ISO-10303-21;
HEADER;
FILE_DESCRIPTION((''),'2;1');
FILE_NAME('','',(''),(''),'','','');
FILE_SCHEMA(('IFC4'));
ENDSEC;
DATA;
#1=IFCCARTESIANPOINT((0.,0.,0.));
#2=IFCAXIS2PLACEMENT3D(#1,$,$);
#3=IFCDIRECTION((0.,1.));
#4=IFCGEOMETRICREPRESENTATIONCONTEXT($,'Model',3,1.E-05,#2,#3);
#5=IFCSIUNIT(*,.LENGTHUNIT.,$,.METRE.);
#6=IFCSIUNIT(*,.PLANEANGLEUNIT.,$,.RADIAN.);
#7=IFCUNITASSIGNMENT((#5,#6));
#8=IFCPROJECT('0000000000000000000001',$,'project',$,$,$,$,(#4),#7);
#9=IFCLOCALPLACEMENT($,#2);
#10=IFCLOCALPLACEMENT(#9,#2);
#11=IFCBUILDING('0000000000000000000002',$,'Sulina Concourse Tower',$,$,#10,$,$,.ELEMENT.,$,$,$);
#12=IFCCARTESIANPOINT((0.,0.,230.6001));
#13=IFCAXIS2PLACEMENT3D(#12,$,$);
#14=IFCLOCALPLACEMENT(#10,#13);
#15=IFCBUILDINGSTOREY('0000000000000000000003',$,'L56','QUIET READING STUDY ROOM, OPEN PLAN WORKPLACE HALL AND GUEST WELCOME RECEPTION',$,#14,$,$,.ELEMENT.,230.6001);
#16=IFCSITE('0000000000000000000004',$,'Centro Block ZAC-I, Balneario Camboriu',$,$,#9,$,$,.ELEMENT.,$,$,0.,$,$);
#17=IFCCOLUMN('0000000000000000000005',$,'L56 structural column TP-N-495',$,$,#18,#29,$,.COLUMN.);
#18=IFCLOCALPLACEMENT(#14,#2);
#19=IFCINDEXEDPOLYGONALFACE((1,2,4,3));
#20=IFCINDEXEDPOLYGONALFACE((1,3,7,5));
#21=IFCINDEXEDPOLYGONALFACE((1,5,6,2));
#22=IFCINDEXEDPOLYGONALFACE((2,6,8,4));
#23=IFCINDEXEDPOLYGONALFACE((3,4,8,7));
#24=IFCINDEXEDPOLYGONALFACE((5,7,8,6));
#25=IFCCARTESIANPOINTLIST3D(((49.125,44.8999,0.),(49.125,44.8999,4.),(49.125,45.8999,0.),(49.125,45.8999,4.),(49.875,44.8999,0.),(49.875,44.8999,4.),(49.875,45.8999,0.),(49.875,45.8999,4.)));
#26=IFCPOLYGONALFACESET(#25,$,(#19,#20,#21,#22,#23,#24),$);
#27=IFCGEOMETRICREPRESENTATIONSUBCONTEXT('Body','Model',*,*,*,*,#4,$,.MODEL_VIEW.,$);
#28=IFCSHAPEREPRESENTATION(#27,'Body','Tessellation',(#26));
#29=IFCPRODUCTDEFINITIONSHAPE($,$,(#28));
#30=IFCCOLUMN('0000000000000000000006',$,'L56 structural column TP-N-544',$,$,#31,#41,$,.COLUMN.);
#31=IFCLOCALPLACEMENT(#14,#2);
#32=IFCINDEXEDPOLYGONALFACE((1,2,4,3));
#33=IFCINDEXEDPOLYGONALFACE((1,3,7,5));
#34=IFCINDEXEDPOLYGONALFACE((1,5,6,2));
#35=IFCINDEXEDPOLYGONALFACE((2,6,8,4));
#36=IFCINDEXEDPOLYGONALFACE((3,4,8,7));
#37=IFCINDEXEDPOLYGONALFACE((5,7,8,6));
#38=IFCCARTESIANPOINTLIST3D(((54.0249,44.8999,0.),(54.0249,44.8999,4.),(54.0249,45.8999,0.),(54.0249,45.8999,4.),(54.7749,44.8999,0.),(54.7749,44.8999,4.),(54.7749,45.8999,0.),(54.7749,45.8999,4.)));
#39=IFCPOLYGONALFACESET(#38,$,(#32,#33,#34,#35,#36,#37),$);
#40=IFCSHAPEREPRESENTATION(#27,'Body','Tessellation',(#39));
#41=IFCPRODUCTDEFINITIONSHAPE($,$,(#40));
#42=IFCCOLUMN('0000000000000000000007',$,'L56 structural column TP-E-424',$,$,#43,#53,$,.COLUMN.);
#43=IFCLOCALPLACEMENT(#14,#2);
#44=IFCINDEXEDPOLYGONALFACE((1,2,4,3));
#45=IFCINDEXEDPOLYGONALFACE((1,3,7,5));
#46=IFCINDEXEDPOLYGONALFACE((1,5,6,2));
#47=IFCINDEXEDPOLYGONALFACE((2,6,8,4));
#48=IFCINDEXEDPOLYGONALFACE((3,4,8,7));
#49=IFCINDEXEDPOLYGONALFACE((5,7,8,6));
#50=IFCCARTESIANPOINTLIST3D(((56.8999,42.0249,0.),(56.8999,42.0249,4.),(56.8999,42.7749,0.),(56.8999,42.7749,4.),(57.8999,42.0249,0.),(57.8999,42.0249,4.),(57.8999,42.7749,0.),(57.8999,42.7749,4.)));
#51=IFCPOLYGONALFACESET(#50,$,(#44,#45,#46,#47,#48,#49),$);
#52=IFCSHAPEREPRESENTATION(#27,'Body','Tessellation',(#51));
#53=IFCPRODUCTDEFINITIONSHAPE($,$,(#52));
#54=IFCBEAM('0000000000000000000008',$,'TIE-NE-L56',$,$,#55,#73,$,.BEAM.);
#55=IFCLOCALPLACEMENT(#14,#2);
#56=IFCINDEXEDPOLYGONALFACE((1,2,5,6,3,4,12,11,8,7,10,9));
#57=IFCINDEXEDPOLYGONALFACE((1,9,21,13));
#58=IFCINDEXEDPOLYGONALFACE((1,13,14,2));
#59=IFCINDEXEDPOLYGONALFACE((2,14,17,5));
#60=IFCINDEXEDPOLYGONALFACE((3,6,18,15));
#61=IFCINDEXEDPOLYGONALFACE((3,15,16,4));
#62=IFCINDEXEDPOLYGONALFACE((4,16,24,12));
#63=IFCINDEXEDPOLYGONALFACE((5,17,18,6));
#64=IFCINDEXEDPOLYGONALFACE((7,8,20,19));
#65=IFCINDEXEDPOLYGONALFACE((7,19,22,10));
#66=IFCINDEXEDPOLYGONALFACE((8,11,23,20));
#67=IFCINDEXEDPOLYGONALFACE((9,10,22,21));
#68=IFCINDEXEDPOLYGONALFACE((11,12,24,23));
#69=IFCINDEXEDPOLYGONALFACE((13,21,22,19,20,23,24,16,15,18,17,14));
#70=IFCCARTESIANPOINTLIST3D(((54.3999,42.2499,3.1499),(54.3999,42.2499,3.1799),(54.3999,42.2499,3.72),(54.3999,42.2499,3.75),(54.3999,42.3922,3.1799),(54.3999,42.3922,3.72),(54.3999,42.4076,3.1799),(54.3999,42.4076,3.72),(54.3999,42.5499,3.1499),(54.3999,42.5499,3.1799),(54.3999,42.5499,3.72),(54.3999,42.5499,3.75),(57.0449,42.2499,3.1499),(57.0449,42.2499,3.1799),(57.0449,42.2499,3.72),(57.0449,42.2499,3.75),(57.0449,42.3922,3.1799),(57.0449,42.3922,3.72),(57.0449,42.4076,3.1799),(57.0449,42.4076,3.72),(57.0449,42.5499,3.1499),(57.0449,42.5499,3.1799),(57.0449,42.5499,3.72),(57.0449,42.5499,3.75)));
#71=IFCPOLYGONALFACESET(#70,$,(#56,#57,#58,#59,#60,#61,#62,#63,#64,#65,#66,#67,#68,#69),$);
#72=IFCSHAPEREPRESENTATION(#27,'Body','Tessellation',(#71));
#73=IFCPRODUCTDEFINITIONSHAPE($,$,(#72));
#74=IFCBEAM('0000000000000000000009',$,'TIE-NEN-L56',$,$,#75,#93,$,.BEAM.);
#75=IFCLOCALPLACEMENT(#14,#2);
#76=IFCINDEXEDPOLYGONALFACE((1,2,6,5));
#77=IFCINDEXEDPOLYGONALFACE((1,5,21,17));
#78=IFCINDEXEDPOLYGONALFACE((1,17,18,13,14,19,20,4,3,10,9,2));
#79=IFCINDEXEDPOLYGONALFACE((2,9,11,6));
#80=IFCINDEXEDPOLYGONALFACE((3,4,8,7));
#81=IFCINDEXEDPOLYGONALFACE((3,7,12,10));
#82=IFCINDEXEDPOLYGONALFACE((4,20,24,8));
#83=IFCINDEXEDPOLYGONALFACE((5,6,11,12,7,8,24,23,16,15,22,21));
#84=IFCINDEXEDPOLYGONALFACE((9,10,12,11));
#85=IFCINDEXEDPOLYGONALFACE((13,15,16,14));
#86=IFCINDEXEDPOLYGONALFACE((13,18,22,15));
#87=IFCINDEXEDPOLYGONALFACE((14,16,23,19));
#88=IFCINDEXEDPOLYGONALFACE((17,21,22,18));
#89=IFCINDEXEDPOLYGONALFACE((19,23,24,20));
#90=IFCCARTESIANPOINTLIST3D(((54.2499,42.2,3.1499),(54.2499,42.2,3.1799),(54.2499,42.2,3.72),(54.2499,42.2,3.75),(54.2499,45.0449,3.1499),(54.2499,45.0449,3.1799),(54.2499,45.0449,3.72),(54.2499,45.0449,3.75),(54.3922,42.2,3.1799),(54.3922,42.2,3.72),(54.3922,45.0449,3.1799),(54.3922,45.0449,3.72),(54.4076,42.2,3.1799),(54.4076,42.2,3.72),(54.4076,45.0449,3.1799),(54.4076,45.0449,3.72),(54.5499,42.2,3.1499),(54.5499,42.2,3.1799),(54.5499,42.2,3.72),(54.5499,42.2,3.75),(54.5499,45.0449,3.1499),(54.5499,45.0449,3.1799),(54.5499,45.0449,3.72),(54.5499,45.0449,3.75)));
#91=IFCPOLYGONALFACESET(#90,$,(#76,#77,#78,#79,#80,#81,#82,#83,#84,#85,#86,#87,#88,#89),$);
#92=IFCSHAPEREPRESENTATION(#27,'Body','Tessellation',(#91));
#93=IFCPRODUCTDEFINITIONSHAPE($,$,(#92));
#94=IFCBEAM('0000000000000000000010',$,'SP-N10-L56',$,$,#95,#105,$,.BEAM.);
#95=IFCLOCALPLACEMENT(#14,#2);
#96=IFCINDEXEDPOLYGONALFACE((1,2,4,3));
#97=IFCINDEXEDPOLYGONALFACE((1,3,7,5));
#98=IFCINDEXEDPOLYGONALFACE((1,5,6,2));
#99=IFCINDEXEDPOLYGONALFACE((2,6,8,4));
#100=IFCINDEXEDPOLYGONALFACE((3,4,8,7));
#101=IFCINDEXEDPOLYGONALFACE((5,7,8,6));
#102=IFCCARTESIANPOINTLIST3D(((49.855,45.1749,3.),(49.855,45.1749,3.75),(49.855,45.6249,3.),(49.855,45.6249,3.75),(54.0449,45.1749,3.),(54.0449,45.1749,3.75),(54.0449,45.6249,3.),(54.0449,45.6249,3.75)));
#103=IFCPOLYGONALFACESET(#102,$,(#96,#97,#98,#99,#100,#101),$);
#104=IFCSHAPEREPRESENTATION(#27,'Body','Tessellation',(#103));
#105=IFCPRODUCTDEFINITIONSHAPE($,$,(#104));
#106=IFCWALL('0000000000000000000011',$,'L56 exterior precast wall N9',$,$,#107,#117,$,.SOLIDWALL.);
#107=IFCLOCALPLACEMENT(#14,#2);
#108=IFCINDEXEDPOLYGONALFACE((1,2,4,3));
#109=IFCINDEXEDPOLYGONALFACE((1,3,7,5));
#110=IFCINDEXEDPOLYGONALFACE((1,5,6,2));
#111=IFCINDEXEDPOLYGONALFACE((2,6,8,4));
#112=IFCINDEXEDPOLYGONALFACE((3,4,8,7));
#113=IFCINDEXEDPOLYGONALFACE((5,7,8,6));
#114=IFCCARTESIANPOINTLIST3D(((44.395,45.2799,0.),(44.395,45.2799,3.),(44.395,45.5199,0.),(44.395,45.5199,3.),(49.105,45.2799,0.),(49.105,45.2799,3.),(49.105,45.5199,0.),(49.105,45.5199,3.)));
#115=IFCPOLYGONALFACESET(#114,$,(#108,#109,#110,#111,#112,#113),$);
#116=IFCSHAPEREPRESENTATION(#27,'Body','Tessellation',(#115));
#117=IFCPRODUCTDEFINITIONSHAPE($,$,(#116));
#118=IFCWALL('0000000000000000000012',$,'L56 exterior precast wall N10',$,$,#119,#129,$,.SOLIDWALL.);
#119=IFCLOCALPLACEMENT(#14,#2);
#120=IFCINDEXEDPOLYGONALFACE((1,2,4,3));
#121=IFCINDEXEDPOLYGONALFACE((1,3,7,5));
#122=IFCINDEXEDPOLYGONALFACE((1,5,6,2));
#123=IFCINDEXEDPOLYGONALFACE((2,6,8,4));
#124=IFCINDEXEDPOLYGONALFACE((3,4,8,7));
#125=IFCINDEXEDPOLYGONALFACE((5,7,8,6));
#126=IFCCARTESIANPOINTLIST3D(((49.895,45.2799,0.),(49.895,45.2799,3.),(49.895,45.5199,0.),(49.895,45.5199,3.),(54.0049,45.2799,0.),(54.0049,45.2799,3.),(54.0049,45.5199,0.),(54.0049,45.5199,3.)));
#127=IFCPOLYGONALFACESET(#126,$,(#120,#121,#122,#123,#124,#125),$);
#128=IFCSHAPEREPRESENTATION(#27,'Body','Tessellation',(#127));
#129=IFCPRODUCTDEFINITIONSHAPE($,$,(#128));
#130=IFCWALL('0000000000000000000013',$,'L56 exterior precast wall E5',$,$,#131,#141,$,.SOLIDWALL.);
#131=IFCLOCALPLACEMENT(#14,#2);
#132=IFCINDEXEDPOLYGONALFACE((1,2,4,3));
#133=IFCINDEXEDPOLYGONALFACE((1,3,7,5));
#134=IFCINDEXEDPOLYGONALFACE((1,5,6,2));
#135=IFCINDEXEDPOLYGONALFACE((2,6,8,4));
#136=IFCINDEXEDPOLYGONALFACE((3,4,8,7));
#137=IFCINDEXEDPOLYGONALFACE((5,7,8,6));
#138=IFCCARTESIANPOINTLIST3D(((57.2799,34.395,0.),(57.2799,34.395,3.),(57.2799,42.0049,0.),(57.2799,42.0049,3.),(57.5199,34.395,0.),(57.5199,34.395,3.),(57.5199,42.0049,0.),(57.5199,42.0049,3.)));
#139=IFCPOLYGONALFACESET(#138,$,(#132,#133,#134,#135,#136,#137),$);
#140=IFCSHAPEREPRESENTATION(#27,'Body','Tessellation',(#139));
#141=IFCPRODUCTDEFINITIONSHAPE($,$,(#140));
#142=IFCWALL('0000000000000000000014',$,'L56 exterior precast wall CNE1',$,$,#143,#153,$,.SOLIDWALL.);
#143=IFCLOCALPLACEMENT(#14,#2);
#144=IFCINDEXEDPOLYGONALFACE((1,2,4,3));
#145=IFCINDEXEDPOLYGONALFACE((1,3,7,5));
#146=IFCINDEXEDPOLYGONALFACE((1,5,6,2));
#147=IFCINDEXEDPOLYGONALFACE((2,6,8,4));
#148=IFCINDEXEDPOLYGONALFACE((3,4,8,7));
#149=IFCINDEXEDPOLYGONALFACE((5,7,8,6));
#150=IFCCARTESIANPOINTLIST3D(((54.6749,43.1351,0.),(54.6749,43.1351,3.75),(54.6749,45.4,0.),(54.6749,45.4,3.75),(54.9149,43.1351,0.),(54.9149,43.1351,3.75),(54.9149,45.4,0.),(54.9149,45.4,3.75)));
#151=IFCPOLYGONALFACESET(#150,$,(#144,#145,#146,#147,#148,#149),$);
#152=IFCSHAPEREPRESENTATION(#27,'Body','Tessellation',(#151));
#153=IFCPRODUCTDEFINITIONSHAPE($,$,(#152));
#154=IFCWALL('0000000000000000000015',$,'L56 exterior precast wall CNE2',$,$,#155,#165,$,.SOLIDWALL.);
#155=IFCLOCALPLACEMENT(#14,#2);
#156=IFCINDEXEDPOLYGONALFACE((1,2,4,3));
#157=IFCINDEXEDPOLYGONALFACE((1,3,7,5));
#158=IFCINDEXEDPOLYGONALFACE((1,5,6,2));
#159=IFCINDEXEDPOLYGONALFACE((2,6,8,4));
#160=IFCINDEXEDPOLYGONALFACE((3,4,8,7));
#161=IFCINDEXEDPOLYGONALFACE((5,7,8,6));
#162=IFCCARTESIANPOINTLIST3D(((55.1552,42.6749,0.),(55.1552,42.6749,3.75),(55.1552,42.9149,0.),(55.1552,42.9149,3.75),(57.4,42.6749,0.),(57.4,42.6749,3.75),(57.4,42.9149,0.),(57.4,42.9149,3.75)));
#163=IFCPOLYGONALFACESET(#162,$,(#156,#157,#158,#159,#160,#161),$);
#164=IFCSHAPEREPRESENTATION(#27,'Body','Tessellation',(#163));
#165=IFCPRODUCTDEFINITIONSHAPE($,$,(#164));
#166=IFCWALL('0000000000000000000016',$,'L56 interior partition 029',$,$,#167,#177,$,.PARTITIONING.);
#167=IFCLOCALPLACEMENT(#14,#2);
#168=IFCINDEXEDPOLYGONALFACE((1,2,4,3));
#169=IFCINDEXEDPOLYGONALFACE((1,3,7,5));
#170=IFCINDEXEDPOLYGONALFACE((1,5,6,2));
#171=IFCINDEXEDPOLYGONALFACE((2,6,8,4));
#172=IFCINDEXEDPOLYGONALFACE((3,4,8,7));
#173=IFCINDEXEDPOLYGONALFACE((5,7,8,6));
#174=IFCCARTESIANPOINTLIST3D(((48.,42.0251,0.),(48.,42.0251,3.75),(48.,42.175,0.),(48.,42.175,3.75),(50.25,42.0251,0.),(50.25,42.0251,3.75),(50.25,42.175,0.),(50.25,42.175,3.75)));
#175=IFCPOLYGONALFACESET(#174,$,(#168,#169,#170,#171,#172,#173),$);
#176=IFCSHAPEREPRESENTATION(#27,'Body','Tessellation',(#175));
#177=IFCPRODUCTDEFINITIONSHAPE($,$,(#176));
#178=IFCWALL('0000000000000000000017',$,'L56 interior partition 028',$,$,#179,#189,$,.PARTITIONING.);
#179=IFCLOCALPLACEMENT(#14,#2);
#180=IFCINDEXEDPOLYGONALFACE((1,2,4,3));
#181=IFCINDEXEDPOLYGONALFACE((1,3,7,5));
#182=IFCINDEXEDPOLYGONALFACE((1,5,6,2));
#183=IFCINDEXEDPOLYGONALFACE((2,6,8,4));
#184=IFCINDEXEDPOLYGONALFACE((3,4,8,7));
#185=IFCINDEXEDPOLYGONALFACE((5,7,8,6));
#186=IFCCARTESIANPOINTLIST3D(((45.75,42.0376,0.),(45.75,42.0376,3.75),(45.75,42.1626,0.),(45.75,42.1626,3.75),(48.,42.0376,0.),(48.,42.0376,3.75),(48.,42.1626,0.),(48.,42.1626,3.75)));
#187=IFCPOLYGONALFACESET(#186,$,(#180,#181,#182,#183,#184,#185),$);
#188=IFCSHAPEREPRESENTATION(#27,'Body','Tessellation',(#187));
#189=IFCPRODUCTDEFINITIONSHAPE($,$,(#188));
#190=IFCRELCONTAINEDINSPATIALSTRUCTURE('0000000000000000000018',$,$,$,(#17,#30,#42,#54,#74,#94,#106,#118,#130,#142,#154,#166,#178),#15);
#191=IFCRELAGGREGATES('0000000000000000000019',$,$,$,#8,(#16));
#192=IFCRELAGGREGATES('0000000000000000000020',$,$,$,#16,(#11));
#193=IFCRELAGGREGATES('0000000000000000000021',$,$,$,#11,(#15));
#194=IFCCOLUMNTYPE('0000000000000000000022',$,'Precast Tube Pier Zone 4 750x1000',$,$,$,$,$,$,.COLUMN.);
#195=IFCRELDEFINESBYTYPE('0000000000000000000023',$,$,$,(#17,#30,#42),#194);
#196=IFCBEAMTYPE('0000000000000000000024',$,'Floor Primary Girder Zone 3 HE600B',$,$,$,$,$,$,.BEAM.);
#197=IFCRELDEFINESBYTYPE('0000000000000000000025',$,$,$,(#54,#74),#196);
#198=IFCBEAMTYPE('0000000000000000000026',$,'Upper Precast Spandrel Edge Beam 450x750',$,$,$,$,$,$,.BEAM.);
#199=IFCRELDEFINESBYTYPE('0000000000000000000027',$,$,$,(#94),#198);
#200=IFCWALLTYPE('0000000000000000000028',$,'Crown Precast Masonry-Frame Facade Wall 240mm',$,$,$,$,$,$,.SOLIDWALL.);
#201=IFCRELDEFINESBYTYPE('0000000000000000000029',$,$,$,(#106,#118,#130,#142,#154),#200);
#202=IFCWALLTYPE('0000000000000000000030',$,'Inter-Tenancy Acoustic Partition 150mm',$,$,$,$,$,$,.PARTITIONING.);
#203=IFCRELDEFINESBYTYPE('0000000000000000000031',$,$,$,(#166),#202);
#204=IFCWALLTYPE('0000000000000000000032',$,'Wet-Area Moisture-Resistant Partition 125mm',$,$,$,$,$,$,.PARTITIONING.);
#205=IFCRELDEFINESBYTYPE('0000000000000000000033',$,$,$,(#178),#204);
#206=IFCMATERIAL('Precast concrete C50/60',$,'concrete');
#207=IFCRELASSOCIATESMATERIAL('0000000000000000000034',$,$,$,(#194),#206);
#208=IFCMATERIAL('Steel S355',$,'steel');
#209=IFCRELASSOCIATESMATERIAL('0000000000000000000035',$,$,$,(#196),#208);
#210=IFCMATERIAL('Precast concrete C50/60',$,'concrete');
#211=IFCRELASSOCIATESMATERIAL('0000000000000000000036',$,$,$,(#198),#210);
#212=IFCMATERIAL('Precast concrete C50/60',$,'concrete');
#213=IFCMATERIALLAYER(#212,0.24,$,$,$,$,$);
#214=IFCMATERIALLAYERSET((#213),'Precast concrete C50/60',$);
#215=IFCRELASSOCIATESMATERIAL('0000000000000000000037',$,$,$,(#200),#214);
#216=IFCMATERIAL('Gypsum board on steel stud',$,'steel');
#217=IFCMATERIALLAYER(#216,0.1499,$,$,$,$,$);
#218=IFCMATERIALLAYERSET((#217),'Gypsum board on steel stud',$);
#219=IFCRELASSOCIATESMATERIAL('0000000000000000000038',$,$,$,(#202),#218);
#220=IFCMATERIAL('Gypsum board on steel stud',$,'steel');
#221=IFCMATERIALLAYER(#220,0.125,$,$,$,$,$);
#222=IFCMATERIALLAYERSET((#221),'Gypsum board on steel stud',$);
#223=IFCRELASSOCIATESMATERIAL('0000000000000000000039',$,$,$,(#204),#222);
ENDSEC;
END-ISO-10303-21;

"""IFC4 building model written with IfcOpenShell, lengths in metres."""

from ifc_helpers import new_model, si_unit, direction, frame, frame_2d, origin, origin_2d, place, context, subcontext, project, spatial, rectangle, i_section, extrude, material, layer, layer_set, material_profile, profile_set, type_object, element, save


model = new_model("IFC4")

# Units and contexts
model_context = context("Model", 3, precision=1e-05, world=origin(), true_north=direction((0.0, 1.0)))
body_context = subcontext(model_context, "Body", "Model", "MODEL_VIEW")
ifc_project = project(units=[si_unit("LENGTHUNIT", "METRE"), si_unit("PLANEANGLEUNIT", "RADIAN")], contexts=[model_context])

# Site, building, storey
site_placement = place(None, origin())
site = spatial("IfcSite", under=ifc_project, at=site_placement, Name="Centro Block ZAC-I, Balneario Camboriu", CompositionType="ELEMENT", RefElevation=0.0)
building_placement = place(site_placement, origin())
building = spatial("IfcBuilding", under=site, at=building_placement, Name="Sulina Concourse Tower", CompositionType="ELEMENT")
storey_placement = place(building_placement, frame((0.0, 0.0, 230.6001)))
storey = spatial("IfcBuildingStorey", under=building, at=storey_placement, Name="L56", Description="QUIET READING STUDY ROOM, OPEN PLAN WORKPLACE HALL AND GUEST WELCOME RECEPTION", CompositionType="ELEMENT", Elevation=230.6001)

# Columns
ifc_material_1 = material(Name="Precast concrete C50/60", Category="concrete")
ifc_material_profile_1 = material_profile(ifc_material_1, rectangle(XDim=0.75, YDim=1.0, at=origin_2d()), Name="PC 750x1000")
ifc_profile_set_1 = profile_set([ifc_material_profile_1], Name="Precast concrete C50/60")
column_type = type_object("IfcColumnType", Name="Precast Tube Pier Zone 4 750x1000", PredefinedType="COLUMN", material=ifc_profile_set_1)
for number, where, z_axis, x_axis, name in (
    (1, (49.5, 45.3999, 0.0), (0.0, 0.0, 1.0), (1.0, 0.0, 0.0), "L56 structural column TP-N-495"),
    (2, (54.3999, 45.3999, 0.0), (0.0, 0.0, 1.0), (1.0, 0.0, 0.0), "L56 structural column TP-N-544"),
    (3, (57.3999, 42.3999, 0.0), (0.0, 0.0, 1.0), (0.0, 1.0, 0.0), "L56 structural column TP-E-424"),
):
    element("IfcColumn", number, at=place(storey_placement, frame(where, z_axis=z_axis, x_axis=x_axis)), inside=storey, type_object=column_type, Name=name, PredefinedType="COLUMN", context=body_context, shape_type="SweptSolid", body=[
        extrude(rectangle(XDim=0.75, YDim=1.0, at=origin_2d()), origin(), (0.0, 0.0, 1.0), 4.0),
    ])

# Beams
ifc_material_2 = material(Name="Steel S355", Category="steel")
ifc_material_profile_2 = material_profile(ifc_material_2, i_section(OverallWidth=0.3, OverallDepth=0.6001, WebThickness=0.0154, FlangeThickness=0.03, at=origin_2d()), Name="HE 600 B")
ifc_profile_set_2 = profile_set([ifc_material_profile_2], Name="Steel S355")
beam_type_1 = type_object("IfcBeamType", Name="Floor Primary Girder Zone 3 HE600B", PredefinedType="BEAM", material=ifc_profile_set_2)
beam_1_placement = place(storey_placement, frame((54.3999, 42.3999, 3.45), z_axis=(1.0, 0.0, 0.0), x_axis=(0.0, 1.0, 0.0)))
element("IfcBeam", 4, at=beam_1_placement, inside=storey, type_object=beam_type_1, Name="TIE-NE-L56", PredefinedType="BEAM", context=body_context, shape_type="SweptSolid", body=[
    extrude(i_section(OverallWidth=0.3, OverallDepth=0.6001, WebThickness=0.0154, FlangeThickness=0.03, at=origin_2d()), origin(), (0.0, 0.0, 1.0), 2.645),
])
beam_2_placement = place(storey_placement, frame((54.3999, 42.2, 3.45), z_axis=(0.0, 1.0, 0.0), x_axis=(-1.0, 0.0, 0.0)))
element("IfcBeam", 5, at=beam_2_placement, inside=storey, type_object=beam_type_1, Name="TIE-NEN-L56", PredefinedType="BEAM", context=body_context, shape_type="SweptSolid", body=[
    extrude(i_section(OverallWidth=0.3, OverallDepth=0.6001, WebThickness=0.0154, FlangeThickness=0.03, at=origin_2d()), origin(), (0.0, 0.0, 1.0), 2.845),
])
ifc_material_3 = material(Name="Precast concrete C50/60", Category="concrete")
ifc_material_profile_3 = material_profile(ifc_material_3, rectangle(XDim=0.45, YDim=0.75, at=origin_2d()), Name="RC 450x750")
ifc_profile_set_3 = profile_set([ifc_material_profile_3], Name="Precast concrete C50/60")
beam_type_2 = type_object("IfcBeamType", Name="Upper Precast Spandrel Edge Beam 450x750", PredefinedType="BEAM", material=ifc_profile_set_3)
beam_3_placement = place(storey_placement, frame((49.855, 45.3999, 3.375), z_axis=(1.0, 0.0, 0.0), x_axis=(0.0, 1.0, 0.0)))
element("IfcBeam", 6, at=beam_3_placement, inside=storey, type_object=beam_type_2, Name="SP-N10-L56", PredefinedType="BEAM", context=body_context, shape_type="SweptSolid", body=[
    extrude(rectangle(XDim=0.45, YDim=0.75, at=origin_2d()), origin(), (0.0, 0.0, 1.0), 4.1899),
])

# Walls
ifc_material_4 = material(Name="Precast concrete C50/60", Category="concrete")
ifc_layer_1 = layer(ifc_material_4, 0.24)
ifc_layer_set_1 = layer_set([ifc_layer_1], Name="Precast concrete C50/60")
wall_type_1 = type_object("IfcWallType", Name="Crown Precast Masonry-Frame Facade Wall 240mm", PredefinedType="SOLIDWALL", material=ifc_layer_set_1)
wall_1_placement = place(storey_placement, frame((44.395, 45.3999, 0.0), z_axis=(0.0, 0.0, 1.0), x_axis=(1.0, 0.0, 0.0)))
element("IfcWall", 7, at=wall_1_placement, inside=storey, type_object=wall_type_1, Name="L56 exterior precast wall N9", PredefinedType="SOLIDWALL", context=body_context, shape_type="SweptSolid", body=[
    extrude(rectangle(XDim=4.71, YDim=0.24, at=frame_2d((2.355, 0.0))), origin(), (0.0, 0.0, 1.0), 3.0),
])
wall_2_placement = place(storey_placement, frame((49.895, 45.3999, 0.0), z_axis=(0.0, 0.0, 1.0), x_axis=(1.0, 0.0, 0.0)))
element("IfcWall", 8, at=wall_2_placement, inside=storey, type_object=wall_type_1, Name="L56 exterior precast wall N10", PredefinedType="SOLIDWALL", context=body_context, shape_type="SweptSolid", body=[
    extrude(rectangle(XDim=4.1099, YDim=0.24, at=frame_2d((2.0549, 0.0))), origin(), (0.0, 0.0, 1.0), 3.0),
])
wall_3_placement = place(storey_placement, frame((57.3999, 42.0049, 0.0), z_axis=(0.0, 0.0, 1.0), x_axis=(0.0, -1.0, 0.0)))
element("IfcWall", 9, at=wall_3_placement, inside=storey, type_object=wall_type_1, Name="L56 exterior precast wall E5", PredefinedType="SOLIDWALL", context=body_context, shape_type="SweptSolid", body=[
    extrude(rectangle(XDim=7.6099, YDim=0.24, at=frame_2d((3.8049, 0.0))), origin(), (0.0, 0.0, 1.0), 3.0),
])
wall_4_placement = place(storey_placement, frame((54.7949, 45.3999, 0.0), z_axis=(0.0, 0.0, 1.0), x_axis=(0.0, -1.0, 0.0)))
element("IfcWall", 10, at=wall_4_placement, inside=storey, type_object=wall_type_1, Name="L56 exterior precast wall CNE1", PredefinedType="SOLIDWALL", context=body_context, shape_type="SweptSolid", body=[
    extrude(rectangle(XDim=2.2649, YDim=0.24, at=frame_2d((1.1323, 0.0))), origin(), (0.0, 0.0, 1.0), 3.75),
])
wall_5_placement = place(storey_placement, frame((55.155, 42.7949, 0.0), z_axis=(0.0, 0.0, 1.0), x_axis=(1.0, 0.0, 0.0)))
element("IfcWall", 11, at=wall_5_placement, inside=storey, type_object=wall_type_1, Name="L56 exterior precast wall CNE2", PredefinedType="SOLIDWALL", context=body_context, shape_type="SweptSolid", body=[
    extrude(rectangle(XDim=2.2449, YDim=0.24, at=frame_2d((1.1226, 0.0))), origin(), (0.0, 0.0, 1.0), 3.75),
])
ifc_material_5 = material(Name="Gypsum board on steel stud", Category="steel")
ifc_layer_2 = layer(ifc_material_5, 0.1499)
ifc_layer_set_2 = layer_set([ifc_layer_2], Name="Gypsum board on steel stud")
wall_type_2 = type_object("IfcWallType", Name="Inter-Tenancy Acoustic Partition 150mm", PredefinedType="PARTITIONING", material=ifc_layer_set_2)
wall_6_placement = place(storey_placement, frame((48.0, 42.1001, 0.0), z_axis=(0.0, 0.0, 1.0), x_axis=(1.0, 0.0, 0.0)))
element("IfcWall", 12, at=wall_6_placement, inside=storey, type_object=wall_type_2, Name="L56 interior partition 029", PredefinedType="PARTITIONING", context=body_context, shape_type="SweptSolid", body=[
    extrude(rectangle(XDim=2.25, YDim=0.1499, at=frame_2d((1.125, 0.0))), origin(), (0.0, 0.0, 1.0), 3.75),
])
ifc_material_6 = material(Name="Gypsum board on steel stud", Category="steel")
ifc_layer_3 = layer(ifc_material_6, 0.125)
ifc_layer_set_3 = layer_set([ifc_layer_3], Name="Gypsum board on steel stud")
wall_type_3 = type_object("IfcWallType", Name="Wet-Area Moisture-Resistant Partition 125mm", PredefinedType="PARTITIONING", material=ifc_layer_set_3)
wall_7_placement = place(storey_placement, frame((45.75, 42.1001, 0.0), z_axis=(0.0, 0.0, 1.0), x_axis=(1.0, 0.0, 0.0)))
element("IfcWall", 13, at=wall_7_placement, inside=storey, type_object=wall_type_3, Name="L56 interior partition 028", PredefinedType="PARTITIONING", context=body_context, shape_type="SweptSolid", body=[
    extrude(rectangle(XDim=2.25, YDim=0.125, at=frame_2d((1.125, 0.0))), origin(), (0.0, 0.0, 1.0), 3.75),
])

save(model, "model.ifc")
